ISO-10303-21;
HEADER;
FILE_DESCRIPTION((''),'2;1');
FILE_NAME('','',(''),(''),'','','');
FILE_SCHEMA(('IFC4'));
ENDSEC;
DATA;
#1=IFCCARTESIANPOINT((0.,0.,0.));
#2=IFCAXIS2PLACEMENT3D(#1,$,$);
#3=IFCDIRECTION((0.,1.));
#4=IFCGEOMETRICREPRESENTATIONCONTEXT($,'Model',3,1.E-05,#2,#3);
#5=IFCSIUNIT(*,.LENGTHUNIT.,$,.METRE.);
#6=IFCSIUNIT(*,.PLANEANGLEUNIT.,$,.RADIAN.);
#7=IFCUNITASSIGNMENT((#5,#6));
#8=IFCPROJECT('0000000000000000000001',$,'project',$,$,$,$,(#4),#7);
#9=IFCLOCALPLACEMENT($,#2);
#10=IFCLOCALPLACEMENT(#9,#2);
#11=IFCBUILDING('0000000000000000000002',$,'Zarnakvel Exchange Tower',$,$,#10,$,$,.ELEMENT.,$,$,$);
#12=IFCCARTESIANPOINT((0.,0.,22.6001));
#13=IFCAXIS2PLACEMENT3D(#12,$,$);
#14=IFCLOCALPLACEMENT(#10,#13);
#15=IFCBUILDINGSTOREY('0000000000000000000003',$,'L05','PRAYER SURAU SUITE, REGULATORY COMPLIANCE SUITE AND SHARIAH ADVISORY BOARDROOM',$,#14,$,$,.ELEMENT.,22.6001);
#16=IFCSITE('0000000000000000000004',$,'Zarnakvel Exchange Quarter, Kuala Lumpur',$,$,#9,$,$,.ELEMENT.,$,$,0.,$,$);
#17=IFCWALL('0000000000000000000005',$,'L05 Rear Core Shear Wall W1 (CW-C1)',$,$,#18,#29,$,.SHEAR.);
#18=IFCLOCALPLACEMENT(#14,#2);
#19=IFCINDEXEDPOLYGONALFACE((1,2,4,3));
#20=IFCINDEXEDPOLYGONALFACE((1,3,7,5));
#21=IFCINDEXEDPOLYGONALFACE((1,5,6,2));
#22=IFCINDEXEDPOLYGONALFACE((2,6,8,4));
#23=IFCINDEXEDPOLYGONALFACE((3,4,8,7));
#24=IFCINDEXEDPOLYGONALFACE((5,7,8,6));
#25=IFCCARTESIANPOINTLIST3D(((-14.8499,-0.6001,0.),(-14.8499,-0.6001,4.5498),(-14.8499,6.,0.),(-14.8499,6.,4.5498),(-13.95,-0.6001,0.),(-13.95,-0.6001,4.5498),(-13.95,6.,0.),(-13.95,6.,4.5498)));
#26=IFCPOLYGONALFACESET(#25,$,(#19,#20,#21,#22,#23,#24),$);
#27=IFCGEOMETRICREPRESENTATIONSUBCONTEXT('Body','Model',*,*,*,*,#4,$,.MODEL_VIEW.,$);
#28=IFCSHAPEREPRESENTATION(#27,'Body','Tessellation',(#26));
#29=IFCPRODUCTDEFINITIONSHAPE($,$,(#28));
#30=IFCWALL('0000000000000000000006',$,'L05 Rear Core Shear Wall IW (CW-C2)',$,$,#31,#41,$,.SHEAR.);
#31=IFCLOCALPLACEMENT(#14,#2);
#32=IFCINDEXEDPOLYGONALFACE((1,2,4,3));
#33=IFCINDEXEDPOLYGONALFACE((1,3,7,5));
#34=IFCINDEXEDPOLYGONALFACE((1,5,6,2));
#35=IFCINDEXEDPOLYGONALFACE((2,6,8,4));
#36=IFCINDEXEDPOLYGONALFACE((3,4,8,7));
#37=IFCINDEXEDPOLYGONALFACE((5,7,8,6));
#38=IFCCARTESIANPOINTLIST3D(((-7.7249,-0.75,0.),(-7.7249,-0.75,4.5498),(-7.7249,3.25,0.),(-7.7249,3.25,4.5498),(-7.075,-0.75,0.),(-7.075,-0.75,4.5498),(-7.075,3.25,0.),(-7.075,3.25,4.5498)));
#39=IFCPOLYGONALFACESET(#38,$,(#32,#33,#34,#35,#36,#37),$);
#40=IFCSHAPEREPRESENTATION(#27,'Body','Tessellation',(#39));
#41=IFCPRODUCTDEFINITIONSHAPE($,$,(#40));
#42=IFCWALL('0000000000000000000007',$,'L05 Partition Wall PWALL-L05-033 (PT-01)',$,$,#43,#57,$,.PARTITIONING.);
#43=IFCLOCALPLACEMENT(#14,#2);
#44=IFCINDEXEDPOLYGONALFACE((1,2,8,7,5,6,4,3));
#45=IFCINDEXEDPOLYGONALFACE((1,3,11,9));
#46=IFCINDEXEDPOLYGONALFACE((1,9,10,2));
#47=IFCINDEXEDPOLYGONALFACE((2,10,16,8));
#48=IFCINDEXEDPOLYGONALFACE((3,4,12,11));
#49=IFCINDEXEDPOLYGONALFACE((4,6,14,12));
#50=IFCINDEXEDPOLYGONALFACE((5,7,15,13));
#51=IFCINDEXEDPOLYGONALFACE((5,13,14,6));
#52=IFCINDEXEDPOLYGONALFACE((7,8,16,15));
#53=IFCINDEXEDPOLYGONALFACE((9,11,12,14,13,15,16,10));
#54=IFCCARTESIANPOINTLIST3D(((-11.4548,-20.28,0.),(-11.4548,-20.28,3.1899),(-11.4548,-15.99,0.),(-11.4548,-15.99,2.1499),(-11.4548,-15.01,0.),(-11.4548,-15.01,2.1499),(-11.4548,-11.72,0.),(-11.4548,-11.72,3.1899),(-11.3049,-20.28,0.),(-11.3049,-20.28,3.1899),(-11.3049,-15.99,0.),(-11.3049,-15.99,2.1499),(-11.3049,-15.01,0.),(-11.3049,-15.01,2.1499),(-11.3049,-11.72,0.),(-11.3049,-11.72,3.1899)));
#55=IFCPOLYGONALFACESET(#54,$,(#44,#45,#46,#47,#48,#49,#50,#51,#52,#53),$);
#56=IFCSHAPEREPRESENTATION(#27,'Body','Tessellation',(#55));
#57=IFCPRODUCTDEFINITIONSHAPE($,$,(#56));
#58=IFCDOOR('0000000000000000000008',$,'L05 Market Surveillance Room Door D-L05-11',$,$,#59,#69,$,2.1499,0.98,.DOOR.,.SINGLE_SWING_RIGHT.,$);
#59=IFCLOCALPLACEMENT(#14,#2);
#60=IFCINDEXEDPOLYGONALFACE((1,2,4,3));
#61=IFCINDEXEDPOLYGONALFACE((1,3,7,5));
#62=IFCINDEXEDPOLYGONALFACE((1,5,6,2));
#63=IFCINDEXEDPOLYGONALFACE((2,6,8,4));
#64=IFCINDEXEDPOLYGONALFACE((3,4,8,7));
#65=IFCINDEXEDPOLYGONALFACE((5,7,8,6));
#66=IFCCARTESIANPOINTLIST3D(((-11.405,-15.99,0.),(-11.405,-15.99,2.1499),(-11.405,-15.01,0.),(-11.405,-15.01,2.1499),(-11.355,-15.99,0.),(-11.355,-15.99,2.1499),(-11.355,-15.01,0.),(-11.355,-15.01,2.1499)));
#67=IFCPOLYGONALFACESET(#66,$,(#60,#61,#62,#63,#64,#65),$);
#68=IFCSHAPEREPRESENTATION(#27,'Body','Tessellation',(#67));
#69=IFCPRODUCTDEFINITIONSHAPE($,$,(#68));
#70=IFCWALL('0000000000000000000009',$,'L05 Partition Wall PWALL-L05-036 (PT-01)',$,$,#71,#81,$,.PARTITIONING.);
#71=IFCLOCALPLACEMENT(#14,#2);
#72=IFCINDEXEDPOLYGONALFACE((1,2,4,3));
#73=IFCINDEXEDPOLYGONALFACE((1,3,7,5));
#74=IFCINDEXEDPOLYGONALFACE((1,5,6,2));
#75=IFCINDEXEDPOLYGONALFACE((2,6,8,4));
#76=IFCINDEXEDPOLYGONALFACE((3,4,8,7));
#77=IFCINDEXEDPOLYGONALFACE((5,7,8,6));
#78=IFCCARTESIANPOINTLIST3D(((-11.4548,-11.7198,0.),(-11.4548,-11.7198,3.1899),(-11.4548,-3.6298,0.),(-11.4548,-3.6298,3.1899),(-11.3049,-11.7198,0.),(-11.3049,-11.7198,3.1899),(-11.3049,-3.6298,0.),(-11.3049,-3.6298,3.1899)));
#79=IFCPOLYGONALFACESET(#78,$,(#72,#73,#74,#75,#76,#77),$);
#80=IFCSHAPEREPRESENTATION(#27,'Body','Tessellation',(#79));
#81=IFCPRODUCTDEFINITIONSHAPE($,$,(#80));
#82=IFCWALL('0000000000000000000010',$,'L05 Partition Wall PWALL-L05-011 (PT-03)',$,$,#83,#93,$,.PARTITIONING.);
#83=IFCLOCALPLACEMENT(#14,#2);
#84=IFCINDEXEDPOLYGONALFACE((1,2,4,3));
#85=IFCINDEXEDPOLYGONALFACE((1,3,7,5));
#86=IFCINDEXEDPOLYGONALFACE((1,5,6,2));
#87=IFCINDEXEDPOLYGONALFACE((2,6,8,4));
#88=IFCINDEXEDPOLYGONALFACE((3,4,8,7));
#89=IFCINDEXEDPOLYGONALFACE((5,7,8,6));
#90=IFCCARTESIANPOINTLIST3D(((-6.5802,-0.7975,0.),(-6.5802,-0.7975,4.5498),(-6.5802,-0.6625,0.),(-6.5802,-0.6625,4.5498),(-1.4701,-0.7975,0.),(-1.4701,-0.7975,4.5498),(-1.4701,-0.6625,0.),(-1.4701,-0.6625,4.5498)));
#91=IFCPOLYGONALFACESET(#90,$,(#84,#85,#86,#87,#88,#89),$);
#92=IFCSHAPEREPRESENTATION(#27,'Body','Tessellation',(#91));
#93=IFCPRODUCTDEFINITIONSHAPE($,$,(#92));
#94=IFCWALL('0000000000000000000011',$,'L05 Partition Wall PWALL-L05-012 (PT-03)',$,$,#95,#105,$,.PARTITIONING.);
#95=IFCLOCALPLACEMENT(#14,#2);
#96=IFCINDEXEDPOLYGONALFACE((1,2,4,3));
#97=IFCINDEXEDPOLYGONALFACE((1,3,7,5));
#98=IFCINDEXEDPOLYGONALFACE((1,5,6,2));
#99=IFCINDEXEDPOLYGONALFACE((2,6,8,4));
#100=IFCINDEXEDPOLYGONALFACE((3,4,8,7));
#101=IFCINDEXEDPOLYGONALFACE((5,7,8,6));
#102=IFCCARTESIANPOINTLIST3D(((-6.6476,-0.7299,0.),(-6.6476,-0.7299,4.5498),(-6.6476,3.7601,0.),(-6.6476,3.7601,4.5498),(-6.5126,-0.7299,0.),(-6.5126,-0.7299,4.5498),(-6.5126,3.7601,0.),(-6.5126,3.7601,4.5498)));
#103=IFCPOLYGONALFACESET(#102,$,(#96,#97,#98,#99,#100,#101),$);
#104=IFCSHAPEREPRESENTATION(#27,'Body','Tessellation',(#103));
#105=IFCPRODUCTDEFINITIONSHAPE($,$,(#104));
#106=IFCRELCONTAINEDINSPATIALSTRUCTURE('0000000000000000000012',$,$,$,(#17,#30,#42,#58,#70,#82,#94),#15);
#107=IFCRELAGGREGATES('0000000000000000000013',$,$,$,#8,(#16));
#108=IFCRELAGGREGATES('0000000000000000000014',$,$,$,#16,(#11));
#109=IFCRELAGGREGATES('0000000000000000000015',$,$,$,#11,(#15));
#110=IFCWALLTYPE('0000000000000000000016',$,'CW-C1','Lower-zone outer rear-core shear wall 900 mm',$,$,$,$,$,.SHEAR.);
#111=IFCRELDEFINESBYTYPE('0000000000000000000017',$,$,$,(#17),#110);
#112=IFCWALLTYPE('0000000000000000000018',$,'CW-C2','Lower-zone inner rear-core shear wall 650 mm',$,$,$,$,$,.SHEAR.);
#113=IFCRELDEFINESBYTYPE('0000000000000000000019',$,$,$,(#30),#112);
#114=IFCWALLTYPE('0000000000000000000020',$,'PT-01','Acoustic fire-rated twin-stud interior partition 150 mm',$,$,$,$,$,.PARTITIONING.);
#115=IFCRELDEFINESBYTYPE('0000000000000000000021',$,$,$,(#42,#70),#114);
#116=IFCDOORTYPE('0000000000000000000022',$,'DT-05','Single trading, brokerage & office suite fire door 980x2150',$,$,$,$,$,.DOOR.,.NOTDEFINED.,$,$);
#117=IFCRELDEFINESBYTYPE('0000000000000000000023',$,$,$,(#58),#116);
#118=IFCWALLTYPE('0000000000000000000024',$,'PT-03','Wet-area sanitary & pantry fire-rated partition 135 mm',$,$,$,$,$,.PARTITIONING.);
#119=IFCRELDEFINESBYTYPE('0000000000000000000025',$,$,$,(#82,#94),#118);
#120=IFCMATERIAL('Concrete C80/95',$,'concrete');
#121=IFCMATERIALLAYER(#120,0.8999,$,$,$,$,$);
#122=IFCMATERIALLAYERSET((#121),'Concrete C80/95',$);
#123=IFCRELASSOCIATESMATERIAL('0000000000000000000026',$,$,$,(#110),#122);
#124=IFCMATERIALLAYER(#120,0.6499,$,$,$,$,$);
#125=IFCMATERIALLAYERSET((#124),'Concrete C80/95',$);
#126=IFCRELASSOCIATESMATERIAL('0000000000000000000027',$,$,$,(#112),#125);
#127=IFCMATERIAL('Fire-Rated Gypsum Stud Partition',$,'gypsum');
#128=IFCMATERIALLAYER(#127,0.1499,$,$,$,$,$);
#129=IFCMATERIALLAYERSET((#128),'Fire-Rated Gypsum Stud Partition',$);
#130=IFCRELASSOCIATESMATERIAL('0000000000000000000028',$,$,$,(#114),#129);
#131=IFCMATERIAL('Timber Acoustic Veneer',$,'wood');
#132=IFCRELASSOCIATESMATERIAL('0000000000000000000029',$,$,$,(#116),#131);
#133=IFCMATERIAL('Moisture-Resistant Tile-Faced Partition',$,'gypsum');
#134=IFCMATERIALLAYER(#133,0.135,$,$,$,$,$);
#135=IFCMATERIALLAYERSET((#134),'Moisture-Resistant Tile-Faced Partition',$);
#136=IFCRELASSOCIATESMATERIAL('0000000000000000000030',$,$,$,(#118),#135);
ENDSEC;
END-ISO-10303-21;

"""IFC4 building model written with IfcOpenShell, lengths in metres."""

from ifc_helpers import new_model, si_unit, direction, frame, frame_2d, origin, place, context, subcontext, project, spatial, rectangle, extrude, source, transform, mapped, material, layer, layer_set, type_object, element, fill, save


model = new_model("IFC4")

# Units and contexts
model_context = context("Model", 3, precision=1e-05, world=origin(), true_north=direction((0.0, 1.0)))
body_context = subcontext(model_context, "Body", "Model", "MODEL_VIEW")
ifc_project = project(units=[si_unit("LENGTHUNIT", "METRE"), si_unit("PLANEANGLEUNIT", "RADIAN")], contexts=[model_context])

# Site, building, storey
site_placement = place(None, origin())
site = spatial("IfcSite", under=ifc_project, at=site_placement, Name="Zarnakvel Exchange Quarter, Kuala Lumpur", CompositionType="ELEMENT", RefElevation=0.0)
building_placement = place(site_placement, origin())
building = spatial("IfcBuilding", under=site, at=building_placement, Name="Zarnakvel Exchange Tower", CompositionType="ELEMENT")
storey_placement = place(building_placement, frame((0.0, 0.0, 22.6001)))
storey = spatial("IfcBuildingStorey", under=building, at=storey_placement, Name="L05", Description="PRAYER SURAU SUITE, REGULATORY COMPLIANCE SUITE AND SHARIAH ADVISORY BOARDROOM", CompositionType="ELEMENT", Elevation=22.6001)

# Shared definitions
ifc_material_1 = material(Name="Concrete C80/95", Category="concrete")

# Wall
ifc_layer_1 = layer(ifc_material_1, 0.8999)
ifc_layer_set_1 = layer_set([ifc_layer_1], Name="Concrete C80/95")
wall_type_1 = type_object("IfcWallType", Name="CW-C1", Description="Lower-zone outer rear-core shear wall 900 mm", PredefinedType="SHEAR", material=ifc_layer_set_1)
wall_1_placement = place(storey_placement, frame((-14.3999, -0.6001, 0.0), z_axis=(0.0, 0.0, 1.0), x_axis=(0.0, 1.0, 0.0)))
element("IfcWall", 1, at=wall_1_placement, inside=storey, type_object=wall_type_1, Name="L05 Rear Core Shear Wall W1 (CW-C1)", PredefinedType="SHEAR", context=body_context, shape_type="SweptSolid", body=[
    extrude(rectangle(XDim=6.6001, YDim=0.8999, at=frame_2d((3.3, 0.0))), origin(), (0.0, 0.0, 1.0), 4.5498),
])

# Wall
ifc_layer_2 = layer(ifc_material_1, 0.6499)
ifc_layer_set_2 = layer_set([ifc_layer_2], Name="Concrete C80/95")
wall_type_2 = type_object("IfcWallType", Name="CW-C2", Description="Lower-zone inner rear-core shear wall 650 mm", PredefinedType="SHEAR", material=ifc_layer_set_2)
wall_2_placement = place(storey_placement, frame((-7.3999, -0.75, 0.0), z_axis=(0.0, 0.0, 1.0), x_axis=(0.0, 1.0, 0.0)))
element("IfcWall", 2, at=wall_2_placement, inside=storey, type_object=wall_type_2, Name="L05 Rear Core Shear Wall IW (CW-C2)", PredefinedType="SHEAR", context=body_context, shape_type="SweptSolid", body=[
    extrude(rectangle(XDim=4.0, YDim=0.6499, at=frame_2d((2.0, 0.0))), origin(), (0.0, 0.0, 1.0), 4.5498),
])

# Wall, opening, door
ifc_material_2 = material(Name="Fire-Rated Gypsum Stud Partition", Category="gypsum")
ifc_layer_3 = layer(ifc_material_2, 0.1499)
ifc_layer_set_3 = layer_set([ifc_layer_3], Name="Fire-Rated Gypsum Stud Partition")
wall_type_3 = type_object("IfcWallType", Name="PT-01", Description="Acoustic fire-rated twin-stud interior partition 150 mm", PredefinedType="PARTITIONING", material=ifc_layer_set_3)
wall_3_placement = place(storey_placement, frame((-11.3799, -11.72, 0.0), z_axis=(0.0, 0.0, 1.0), x_axis=(0.0, -1.0, 0.0)))
wall_3 = element("IfcWall", 3, at=wall_3_placement, inside=storey, type_object=wall_type_3, Name="L05 Partition Wall PWALL-L05-033 (PT-01)", PredefinedType="PARTITIONING", context=body_context, shape_type="SweptSolid", body=[
    extrude(rectangle(XDim=8.5601, YDim=0.1499, at=frame_2d((4.28, 0.0))), origin(), (0.0, 0.0, 1.0), 3.1899),
])
opening_1_placement = place(wall_3_placement, frame((3.29, 0.0, 0.0)))
opening_1 = element("IfcOpeningElement", 4, at=opening_1_placement, cuts=wall_3, PredefinedType="OPENING", context=body_context, shape_type="SweptSolid", body=[
    extrude(rectangle(XDim=0.98, YDim=2.1499, at=frame_2d((0.49, 1.075))), frame((0.0, 0.085, 0.0), z_axis=(0.0, -1.0, 0.0), x_axis=(1.0, 0.0, 0.0)), (0.0, 0.0, 1.0), 0.1699),
])
ifc_material_3 = material(Name="Timber Acoustic Veneer", Category="wood")
door_type_1 = type_object("IfcDoorType", Name="DT-05", Description="Single trading, brokerage & office suite fire door 980x2150", OperationType="NOTDEFINED", PredefinedType="DOOR", material=ifc_material_3)
shared_shape_1 = source(origin(), body_context, "Body", "SweptSolid", [
    extrude(rectangle(XDim=0.98, YDim=2.1499, at=frame_2d((0.49, 1.075))), frame((0.0, 0.0249, 0.0), z_axis=(0.0, -1.0, 0.0), x_axis=(1.0, 0.0, 0.0)), (0.0, 0.0, 1.0), 0.05),
])
door_1_placement = place(opening_1_placement, origin())
door_1 = element("IfcDoor", 5, at=door_1_placement, inside=storey, type_object=door_type_1, Name="L05 Market Surveillance Room Door D-L05-11", OperationType="SINGLE_SWING_RIGHT", OverallHeight=2.1499, OverallWidth=0.98, PredefinedType="DOOR", context=body_context, shape_type="MappedRepresentation", body=[
    mapped(shared_shape_1, transform((0.0, 0.0, 0.0), x_axis=(1.0, 0.0, 0.0), y_axis=(0.0, 1.0, 0.0), z_axis=(0.0, 0.0, 1.0), scale=1.0)),
])
fill(opening_1, door_1)

# Walls
wall_4_placement = place(storey_placement, frame((-11.3799, -3.6299, 0.0), z_axis=(0.0, 0.0, 1.0), x_axis=(0.0, -1.0, 0.0)))
element("IfcWall", 6, at=wall_4_placement, inside=storey, type_object=wall_type_3, Name="L05 Partition Wall PWALL-L05-036 (PT-01)", PredefinedType="PARTITIONING", context=body_context, shape_type="SweptSolid", body=[
    extrude(rectangle(XDim=8.0901, YDim=0.1499, at=frame_2d((4.0449, 0.0))), origin(), (0.0, 0.0, 1.0), 3.1899),
])
ifc_material_4 = material(Name="Moisture-Resistant Tile-Faced Partition", Category="gypsum")
ifc_layer_4 = layer(ifc_material_4, 0.135)
ifc_layer_set_4 = layer_set([ifc_layer_4], Name="Moisture-Resistant Tile-Faced Partition")
wall_type_4 = type_object("IfcWallType", Name="PT-03", Description="Wet-area sanitary & pantry fire-rated partition 135 mm", PredefinedType="PARTITIONING", material=ifc_layer_set_4)
wall_5_placement = place(storey_placement, frame((-1.47, -0.73, 0.0), z_axis=(0.0, 0.0, 1.0), x_axis=(-1.0, 0.0, 0.0)))
element("IfcWall", 7, at=wall_5_placement, inside=storey, type_object=wall_type_4, Name="L05 Partition Wall PWALL-L05-011 (PT-03)", PredefinedType="PARTITIONING", context=body_context, shape_type="SweptSolid", body=[
    extrude(rectangle(XDim=5.1101, YDim=0.135, at=frame_2d((2.5552, 0.0))), origin(), (0.0, 0.0, 1.0), 4.5498),
])
wall_6_placement = place(storey_placement, frame((-6.5801, -0.73, 0.0), z_axis=(0.0, 0.0, 1.0), x_axis=(0.0, 1.0, 0.0)))
element("IfcWall", 8, at=wall_6_placement, inside=storey, type_object=wall_type_4, Name="L05 Partition Wall PWALL-L05-012 (PT-03)", PredefinedType="PARTITIONING", context=body_context, shape_type="SweptSolid", body=[
    extrude(rectangle(XDim=4.49, YDim=0.135, at=frame_2d((2.2451, 0.0))), origin(), (0.0, 0.0, 1.0), 4.5498),
])

save(model, "model.ifc")
